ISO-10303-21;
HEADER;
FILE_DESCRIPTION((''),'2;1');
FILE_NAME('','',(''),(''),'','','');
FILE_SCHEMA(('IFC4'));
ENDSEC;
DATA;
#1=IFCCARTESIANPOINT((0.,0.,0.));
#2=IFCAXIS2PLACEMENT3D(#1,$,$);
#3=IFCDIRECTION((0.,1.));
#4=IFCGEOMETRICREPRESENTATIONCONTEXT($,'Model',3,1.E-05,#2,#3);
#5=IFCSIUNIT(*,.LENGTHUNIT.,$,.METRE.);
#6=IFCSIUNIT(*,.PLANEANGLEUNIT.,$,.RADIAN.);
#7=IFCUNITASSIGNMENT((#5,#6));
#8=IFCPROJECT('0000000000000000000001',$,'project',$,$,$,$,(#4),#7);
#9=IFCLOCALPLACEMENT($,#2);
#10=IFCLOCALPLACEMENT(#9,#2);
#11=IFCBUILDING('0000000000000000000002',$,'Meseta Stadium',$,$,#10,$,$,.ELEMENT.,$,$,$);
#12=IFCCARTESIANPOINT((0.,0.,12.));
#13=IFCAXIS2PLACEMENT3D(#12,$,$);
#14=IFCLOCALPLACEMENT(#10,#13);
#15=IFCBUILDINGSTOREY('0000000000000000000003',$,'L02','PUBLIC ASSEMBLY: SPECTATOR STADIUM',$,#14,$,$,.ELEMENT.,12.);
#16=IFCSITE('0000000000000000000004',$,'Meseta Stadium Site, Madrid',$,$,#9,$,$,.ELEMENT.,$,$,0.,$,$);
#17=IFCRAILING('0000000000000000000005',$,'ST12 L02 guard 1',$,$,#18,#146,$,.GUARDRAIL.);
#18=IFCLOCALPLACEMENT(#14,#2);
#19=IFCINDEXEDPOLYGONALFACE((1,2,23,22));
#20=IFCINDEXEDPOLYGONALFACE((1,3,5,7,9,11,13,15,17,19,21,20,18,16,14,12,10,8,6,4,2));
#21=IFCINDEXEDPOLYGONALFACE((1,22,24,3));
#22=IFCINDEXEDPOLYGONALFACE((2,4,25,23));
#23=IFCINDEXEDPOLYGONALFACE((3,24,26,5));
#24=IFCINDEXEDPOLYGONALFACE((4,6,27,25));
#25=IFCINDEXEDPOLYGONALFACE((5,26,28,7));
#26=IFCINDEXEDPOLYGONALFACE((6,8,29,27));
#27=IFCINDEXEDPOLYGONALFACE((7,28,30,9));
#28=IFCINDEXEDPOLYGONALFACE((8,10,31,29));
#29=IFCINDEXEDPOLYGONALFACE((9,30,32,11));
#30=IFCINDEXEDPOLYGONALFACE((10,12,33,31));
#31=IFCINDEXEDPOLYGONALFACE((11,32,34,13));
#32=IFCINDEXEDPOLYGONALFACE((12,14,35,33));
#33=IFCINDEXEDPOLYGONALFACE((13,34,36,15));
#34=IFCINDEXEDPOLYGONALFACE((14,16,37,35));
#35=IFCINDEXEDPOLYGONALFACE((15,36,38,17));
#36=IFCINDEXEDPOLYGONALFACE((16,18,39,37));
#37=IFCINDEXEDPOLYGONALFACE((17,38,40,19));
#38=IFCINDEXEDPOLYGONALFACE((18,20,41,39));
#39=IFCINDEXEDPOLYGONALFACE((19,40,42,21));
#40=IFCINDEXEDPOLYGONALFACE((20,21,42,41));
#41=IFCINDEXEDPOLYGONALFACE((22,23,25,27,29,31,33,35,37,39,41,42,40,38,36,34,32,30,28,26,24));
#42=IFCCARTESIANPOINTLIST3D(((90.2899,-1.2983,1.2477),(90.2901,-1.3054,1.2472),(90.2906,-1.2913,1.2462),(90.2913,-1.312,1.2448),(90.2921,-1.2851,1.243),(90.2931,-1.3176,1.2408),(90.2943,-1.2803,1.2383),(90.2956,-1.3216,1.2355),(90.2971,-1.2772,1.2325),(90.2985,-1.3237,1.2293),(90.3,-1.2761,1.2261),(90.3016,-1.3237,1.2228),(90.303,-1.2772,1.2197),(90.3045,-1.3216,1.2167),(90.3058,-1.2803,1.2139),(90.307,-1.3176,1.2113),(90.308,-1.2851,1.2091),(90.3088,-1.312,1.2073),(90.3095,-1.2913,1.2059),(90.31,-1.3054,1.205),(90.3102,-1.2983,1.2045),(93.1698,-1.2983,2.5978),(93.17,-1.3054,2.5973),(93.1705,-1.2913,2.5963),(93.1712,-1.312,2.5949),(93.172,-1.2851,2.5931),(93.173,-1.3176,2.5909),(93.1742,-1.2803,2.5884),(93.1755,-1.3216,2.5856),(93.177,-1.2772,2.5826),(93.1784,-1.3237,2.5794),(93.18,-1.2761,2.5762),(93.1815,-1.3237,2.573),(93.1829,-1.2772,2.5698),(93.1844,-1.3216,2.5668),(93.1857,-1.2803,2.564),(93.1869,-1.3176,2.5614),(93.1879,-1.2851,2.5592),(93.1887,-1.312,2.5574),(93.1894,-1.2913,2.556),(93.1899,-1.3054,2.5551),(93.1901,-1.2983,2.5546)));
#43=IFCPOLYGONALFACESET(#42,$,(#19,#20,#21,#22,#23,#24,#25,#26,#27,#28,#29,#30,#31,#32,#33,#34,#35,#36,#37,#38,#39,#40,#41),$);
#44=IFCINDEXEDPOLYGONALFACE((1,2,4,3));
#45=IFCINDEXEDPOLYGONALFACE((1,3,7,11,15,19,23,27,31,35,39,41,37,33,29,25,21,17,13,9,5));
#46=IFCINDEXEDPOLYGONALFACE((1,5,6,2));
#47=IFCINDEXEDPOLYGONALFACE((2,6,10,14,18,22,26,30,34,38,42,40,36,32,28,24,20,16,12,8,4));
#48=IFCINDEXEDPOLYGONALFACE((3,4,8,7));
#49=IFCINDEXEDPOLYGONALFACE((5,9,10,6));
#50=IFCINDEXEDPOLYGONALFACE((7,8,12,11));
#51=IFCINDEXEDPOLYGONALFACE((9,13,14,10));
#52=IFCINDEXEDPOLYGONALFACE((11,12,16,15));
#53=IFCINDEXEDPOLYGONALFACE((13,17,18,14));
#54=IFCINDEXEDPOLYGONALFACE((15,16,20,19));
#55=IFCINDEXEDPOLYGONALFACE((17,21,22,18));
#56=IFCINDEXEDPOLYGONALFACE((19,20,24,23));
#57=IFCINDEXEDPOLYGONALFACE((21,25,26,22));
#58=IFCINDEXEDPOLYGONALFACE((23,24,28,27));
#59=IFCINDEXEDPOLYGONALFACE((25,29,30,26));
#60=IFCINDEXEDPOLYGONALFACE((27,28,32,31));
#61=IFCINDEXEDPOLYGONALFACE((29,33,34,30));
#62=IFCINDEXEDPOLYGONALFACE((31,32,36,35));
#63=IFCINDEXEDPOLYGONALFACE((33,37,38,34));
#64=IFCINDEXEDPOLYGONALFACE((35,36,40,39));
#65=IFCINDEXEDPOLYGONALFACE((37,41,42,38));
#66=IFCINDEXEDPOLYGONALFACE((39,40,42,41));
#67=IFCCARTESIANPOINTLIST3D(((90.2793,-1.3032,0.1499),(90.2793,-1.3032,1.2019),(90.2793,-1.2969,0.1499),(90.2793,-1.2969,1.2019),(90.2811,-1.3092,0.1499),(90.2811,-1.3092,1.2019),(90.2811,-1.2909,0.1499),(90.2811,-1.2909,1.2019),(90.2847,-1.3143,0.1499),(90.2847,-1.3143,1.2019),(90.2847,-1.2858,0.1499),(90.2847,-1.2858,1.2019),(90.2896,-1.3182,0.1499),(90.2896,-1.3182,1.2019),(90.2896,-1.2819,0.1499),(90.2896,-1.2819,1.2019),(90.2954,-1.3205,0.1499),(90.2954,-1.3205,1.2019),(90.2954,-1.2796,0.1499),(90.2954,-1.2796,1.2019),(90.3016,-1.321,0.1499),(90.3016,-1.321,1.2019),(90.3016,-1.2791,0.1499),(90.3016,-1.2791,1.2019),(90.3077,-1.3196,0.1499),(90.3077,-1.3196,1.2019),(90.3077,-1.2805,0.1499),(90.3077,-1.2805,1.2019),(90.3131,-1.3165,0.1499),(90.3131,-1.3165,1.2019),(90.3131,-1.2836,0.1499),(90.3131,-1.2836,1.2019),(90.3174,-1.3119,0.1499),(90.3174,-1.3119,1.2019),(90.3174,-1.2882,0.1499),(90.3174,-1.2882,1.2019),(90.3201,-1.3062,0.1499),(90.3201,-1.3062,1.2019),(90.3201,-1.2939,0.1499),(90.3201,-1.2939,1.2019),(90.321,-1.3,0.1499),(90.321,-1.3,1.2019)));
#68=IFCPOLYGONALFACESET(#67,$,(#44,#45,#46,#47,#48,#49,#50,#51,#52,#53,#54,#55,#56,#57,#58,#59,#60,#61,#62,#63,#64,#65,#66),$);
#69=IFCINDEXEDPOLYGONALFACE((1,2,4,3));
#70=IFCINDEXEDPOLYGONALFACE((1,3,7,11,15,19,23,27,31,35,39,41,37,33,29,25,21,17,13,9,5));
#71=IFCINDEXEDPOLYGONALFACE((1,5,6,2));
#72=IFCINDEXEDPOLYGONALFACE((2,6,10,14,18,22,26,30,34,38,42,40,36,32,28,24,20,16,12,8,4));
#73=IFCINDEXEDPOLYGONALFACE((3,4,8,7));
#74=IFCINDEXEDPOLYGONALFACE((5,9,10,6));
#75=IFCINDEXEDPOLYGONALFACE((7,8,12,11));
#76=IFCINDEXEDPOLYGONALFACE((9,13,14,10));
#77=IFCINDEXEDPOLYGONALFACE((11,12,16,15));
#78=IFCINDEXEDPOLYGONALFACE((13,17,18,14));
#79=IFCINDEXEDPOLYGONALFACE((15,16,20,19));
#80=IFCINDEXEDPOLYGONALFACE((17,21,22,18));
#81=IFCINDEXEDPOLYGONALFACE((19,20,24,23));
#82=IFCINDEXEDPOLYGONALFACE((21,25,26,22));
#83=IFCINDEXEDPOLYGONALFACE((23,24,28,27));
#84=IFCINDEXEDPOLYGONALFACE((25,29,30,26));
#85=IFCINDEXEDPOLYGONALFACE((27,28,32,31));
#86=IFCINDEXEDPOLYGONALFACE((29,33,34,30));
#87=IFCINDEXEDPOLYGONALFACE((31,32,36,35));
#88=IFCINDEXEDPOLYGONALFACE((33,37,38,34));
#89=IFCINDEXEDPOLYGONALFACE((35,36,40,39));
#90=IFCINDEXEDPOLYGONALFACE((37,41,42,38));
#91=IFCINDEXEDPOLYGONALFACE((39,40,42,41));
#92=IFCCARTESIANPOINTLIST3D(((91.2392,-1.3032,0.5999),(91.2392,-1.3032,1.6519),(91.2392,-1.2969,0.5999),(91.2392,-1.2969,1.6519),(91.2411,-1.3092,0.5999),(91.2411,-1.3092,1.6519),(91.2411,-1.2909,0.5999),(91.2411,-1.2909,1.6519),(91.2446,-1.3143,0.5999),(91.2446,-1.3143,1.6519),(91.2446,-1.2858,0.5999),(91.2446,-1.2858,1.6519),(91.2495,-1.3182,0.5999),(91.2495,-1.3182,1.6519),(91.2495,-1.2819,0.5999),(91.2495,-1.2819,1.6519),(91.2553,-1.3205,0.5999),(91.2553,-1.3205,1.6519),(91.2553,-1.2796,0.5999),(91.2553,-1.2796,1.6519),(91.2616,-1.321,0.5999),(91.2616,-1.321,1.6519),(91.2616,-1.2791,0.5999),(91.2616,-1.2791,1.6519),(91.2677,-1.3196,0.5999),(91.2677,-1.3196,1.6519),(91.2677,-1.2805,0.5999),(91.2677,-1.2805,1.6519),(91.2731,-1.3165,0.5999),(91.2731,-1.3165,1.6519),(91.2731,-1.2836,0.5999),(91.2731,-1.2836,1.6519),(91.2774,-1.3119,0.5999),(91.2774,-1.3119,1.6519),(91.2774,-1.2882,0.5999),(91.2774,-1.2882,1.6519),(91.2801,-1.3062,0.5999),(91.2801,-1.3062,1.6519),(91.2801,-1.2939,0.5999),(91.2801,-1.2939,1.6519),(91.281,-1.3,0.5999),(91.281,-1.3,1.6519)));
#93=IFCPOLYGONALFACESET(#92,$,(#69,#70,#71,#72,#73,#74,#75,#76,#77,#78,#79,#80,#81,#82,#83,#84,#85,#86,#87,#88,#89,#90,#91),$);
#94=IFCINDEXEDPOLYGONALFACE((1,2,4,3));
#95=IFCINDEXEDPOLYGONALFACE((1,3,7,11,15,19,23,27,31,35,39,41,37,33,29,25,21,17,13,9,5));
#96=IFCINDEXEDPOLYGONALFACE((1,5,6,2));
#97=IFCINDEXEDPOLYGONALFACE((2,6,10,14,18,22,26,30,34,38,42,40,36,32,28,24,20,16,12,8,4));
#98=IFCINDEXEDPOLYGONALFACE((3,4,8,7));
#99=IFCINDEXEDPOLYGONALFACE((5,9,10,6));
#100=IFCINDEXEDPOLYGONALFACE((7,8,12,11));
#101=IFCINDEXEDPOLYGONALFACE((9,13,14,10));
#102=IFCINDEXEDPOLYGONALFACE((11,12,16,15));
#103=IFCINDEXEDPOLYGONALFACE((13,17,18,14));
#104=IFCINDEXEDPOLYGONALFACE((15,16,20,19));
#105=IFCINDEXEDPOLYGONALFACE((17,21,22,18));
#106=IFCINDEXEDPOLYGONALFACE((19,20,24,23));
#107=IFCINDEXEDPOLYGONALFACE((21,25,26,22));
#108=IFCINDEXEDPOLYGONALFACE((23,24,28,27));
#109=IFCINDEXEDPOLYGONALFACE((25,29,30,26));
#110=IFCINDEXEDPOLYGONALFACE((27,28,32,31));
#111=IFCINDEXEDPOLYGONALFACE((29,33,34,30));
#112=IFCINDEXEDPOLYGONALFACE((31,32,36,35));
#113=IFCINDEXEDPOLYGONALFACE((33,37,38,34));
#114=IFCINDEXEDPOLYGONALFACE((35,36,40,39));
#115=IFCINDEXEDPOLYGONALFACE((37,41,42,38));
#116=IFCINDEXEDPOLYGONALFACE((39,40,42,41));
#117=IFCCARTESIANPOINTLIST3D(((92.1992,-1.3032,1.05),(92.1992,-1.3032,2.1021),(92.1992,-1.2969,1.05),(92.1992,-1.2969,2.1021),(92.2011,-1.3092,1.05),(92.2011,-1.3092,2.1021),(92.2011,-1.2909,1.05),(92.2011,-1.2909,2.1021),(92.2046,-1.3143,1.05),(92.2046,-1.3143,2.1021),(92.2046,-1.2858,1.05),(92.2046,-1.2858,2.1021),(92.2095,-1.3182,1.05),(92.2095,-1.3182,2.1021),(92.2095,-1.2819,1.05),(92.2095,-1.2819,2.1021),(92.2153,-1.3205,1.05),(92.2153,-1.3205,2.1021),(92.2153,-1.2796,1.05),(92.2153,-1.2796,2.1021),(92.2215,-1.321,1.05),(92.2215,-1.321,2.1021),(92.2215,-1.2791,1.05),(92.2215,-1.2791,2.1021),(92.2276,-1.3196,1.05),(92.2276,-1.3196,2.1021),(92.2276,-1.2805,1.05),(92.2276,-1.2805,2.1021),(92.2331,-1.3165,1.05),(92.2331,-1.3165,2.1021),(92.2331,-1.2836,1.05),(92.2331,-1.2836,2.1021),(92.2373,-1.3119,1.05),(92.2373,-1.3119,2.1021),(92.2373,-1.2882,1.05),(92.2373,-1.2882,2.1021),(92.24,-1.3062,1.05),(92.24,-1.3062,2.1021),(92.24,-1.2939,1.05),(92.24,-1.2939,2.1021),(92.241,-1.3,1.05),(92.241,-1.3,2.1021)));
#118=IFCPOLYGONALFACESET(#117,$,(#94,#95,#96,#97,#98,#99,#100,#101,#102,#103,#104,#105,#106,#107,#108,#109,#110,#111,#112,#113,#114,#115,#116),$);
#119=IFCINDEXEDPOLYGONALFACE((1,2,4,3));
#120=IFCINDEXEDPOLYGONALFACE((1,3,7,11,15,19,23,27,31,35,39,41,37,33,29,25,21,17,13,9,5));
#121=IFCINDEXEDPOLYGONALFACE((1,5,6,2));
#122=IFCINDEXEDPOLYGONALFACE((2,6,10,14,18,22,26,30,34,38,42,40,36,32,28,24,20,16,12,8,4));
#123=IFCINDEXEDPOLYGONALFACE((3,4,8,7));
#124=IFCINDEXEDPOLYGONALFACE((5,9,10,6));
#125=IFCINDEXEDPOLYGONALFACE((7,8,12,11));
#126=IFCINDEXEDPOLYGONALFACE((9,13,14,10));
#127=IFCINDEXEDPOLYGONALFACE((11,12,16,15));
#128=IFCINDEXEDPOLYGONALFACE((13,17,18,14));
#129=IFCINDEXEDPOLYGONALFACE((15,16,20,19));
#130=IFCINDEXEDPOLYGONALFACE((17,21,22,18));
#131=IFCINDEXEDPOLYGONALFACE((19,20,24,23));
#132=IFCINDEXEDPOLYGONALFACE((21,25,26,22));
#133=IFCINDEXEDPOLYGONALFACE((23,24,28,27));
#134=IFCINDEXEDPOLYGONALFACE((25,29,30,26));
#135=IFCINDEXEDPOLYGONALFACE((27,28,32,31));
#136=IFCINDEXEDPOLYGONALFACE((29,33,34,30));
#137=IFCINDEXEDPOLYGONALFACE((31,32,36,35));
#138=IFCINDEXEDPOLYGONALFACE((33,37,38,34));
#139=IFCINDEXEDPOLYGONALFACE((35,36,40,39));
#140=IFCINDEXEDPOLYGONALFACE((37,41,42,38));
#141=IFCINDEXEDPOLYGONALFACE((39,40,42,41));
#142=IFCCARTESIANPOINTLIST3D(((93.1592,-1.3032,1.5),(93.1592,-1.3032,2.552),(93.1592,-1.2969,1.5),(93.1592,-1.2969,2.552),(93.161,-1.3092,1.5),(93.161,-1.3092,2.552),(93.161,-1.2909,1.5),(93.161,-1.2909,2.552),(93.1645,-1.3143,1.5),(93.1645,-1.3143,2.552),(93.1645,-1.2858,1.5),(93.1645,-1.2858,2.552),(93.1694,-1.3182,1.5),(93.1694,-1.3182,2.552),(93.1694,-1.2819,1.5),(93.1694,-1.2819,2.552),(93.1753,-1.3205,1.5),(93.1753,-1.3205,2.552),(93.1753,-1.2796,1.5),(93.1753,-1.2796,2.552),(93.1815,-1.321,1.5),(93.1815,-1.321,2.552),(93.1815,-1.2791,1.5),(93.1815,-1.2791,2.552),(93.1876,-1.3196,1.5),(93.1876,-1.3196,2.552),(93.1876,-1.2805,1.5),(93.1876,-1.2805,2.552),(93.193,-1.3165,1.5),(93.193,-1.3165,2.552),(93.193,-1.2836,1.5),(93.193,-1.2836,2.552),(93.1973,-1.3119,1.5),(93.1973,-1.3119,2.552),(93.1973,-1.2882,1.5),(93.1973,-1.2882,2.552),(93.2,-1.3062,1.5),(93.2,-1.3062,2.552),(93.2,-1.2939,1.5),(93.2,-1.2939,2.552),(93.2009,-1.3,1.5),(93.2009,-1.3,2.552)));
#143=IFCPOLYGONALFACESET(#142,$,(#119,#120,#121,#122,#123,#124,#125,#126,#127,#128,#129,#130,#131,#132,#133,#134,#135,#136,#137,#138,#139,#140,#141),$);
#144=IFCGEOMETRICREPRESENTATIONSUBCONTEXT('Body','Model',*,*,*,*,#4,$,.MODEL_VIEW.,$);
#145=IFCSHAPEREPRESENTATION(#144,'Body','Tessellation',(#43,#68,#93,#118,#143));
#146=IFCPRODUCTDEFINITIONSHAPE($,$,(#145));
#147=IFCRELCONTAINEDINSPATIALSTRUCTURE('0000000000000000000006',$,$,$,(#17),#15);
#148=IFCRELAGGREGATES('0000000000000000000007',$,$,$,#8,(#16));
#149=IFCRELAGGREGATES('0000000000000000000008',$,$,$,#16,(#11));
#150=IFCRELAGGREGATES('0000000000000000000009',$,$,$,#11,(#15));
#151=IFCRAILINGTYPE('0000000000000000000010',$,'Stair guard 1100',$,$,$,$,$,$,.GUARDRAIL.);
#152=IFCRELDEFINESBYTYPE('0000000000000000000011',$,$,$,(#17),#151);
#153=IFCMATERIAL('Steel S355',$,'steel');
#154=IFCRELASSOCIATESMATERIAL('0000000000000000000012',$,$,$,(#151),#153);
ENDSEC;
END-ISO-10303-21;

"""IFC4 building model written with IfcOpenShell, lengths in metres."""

from ifc_helpers import new_model, si_unit, direction, frame, origin, origin_2d, place, context, subcontext, project, spatial, circle, extrude, material, type_object, element, save


model = new_model("IFC4")

# Units and contexts
model_context = context("Model", 3, precision=1e-05, world=origin(), true_north=direction((0.0, 1.0)))
body_context = subcontext(model_context, "Body", "Model", "MODEL_VIEW")
ifc_project = project(units=[si_unit("LENGTHUNIT", "METRE"), si_unit("PLANEANGLEUNIT", "RADIAN")], contexts=[model_context])

# Site, building, storey
site_placement = place(None, origin())
site = spatial("IfcSite", under=ifc_project, at=site_placement, Name="Meseta Stadium Site, Madrid", CompositionType="ELEMENT", RefElevation=0.0)
building_placement = place(site_placement, origin())
building = spatial("IfcBuilding", under=site, at=building_placement, Name="Meseta Stadium", CompositionType="ELEMENT")
storey_placement = place(building_placement, frame((0.0, 0.0, 12.0)))
storey = spatial("IfcBuildingStorey", under=building, at=storey_placement, Name="L02", Description="PUBLIC ASSEMBLY: SPECTATOR STADIUM", CompositionType="ELEMENT", Elevation=12.0)

# Railing
ifc_material_1 = material(Name="Steel S355", Category="steel")
railing_type_1 = type_object("IfcRailingType", Name="Stair guard 1100", PredefinedType="GUARDRAIL", material=ifc_material_1)
railing_1_placement = place(storey_placement, frame((90.3, -1.3, 0.1499)))
element("IfcRailing", 1, at=railing_1_placement, inside=storey, type_object=railing_type_1, Name="ST12 L02 guard 1", PredefinedType="GUARDRAIL", context=body_context, shape_type="SweptSolid", body=[
    extrude(circle(Radius=0.0239, at=origin_2d()), frame((0.0, 0.0, 1.0762), z_axis=(0.90544, 0.0, 0.424473), x_axis=(0.0, 1.0, 0.0)), (0.0, 0.0, 1.0), 3.1807),
    extrude(circle(Radius=0.021, at=origin_2d()), origin(), (0.0, 0.0, 1.0), 1.052),
    extrude(circle(Radius=0.021, at=origin_2d()), frame((0.96, 0.0, 0.45)), (0.0, 0.0, 1.0), 1.052),
    extrude(circle(Radius=0.021, at=origin_2d()), frame((1.9199, 0.0, 0.9001)), (0.0, 0.0, 1.0), 1.052),
    extrude(circle(Radius=0.021, at=origin_2d()), frame((2.8799, 0.0, 1.3501)), (0.0, 0.0, 1.0), 1.052),
])

save(model, "model.ifc")
